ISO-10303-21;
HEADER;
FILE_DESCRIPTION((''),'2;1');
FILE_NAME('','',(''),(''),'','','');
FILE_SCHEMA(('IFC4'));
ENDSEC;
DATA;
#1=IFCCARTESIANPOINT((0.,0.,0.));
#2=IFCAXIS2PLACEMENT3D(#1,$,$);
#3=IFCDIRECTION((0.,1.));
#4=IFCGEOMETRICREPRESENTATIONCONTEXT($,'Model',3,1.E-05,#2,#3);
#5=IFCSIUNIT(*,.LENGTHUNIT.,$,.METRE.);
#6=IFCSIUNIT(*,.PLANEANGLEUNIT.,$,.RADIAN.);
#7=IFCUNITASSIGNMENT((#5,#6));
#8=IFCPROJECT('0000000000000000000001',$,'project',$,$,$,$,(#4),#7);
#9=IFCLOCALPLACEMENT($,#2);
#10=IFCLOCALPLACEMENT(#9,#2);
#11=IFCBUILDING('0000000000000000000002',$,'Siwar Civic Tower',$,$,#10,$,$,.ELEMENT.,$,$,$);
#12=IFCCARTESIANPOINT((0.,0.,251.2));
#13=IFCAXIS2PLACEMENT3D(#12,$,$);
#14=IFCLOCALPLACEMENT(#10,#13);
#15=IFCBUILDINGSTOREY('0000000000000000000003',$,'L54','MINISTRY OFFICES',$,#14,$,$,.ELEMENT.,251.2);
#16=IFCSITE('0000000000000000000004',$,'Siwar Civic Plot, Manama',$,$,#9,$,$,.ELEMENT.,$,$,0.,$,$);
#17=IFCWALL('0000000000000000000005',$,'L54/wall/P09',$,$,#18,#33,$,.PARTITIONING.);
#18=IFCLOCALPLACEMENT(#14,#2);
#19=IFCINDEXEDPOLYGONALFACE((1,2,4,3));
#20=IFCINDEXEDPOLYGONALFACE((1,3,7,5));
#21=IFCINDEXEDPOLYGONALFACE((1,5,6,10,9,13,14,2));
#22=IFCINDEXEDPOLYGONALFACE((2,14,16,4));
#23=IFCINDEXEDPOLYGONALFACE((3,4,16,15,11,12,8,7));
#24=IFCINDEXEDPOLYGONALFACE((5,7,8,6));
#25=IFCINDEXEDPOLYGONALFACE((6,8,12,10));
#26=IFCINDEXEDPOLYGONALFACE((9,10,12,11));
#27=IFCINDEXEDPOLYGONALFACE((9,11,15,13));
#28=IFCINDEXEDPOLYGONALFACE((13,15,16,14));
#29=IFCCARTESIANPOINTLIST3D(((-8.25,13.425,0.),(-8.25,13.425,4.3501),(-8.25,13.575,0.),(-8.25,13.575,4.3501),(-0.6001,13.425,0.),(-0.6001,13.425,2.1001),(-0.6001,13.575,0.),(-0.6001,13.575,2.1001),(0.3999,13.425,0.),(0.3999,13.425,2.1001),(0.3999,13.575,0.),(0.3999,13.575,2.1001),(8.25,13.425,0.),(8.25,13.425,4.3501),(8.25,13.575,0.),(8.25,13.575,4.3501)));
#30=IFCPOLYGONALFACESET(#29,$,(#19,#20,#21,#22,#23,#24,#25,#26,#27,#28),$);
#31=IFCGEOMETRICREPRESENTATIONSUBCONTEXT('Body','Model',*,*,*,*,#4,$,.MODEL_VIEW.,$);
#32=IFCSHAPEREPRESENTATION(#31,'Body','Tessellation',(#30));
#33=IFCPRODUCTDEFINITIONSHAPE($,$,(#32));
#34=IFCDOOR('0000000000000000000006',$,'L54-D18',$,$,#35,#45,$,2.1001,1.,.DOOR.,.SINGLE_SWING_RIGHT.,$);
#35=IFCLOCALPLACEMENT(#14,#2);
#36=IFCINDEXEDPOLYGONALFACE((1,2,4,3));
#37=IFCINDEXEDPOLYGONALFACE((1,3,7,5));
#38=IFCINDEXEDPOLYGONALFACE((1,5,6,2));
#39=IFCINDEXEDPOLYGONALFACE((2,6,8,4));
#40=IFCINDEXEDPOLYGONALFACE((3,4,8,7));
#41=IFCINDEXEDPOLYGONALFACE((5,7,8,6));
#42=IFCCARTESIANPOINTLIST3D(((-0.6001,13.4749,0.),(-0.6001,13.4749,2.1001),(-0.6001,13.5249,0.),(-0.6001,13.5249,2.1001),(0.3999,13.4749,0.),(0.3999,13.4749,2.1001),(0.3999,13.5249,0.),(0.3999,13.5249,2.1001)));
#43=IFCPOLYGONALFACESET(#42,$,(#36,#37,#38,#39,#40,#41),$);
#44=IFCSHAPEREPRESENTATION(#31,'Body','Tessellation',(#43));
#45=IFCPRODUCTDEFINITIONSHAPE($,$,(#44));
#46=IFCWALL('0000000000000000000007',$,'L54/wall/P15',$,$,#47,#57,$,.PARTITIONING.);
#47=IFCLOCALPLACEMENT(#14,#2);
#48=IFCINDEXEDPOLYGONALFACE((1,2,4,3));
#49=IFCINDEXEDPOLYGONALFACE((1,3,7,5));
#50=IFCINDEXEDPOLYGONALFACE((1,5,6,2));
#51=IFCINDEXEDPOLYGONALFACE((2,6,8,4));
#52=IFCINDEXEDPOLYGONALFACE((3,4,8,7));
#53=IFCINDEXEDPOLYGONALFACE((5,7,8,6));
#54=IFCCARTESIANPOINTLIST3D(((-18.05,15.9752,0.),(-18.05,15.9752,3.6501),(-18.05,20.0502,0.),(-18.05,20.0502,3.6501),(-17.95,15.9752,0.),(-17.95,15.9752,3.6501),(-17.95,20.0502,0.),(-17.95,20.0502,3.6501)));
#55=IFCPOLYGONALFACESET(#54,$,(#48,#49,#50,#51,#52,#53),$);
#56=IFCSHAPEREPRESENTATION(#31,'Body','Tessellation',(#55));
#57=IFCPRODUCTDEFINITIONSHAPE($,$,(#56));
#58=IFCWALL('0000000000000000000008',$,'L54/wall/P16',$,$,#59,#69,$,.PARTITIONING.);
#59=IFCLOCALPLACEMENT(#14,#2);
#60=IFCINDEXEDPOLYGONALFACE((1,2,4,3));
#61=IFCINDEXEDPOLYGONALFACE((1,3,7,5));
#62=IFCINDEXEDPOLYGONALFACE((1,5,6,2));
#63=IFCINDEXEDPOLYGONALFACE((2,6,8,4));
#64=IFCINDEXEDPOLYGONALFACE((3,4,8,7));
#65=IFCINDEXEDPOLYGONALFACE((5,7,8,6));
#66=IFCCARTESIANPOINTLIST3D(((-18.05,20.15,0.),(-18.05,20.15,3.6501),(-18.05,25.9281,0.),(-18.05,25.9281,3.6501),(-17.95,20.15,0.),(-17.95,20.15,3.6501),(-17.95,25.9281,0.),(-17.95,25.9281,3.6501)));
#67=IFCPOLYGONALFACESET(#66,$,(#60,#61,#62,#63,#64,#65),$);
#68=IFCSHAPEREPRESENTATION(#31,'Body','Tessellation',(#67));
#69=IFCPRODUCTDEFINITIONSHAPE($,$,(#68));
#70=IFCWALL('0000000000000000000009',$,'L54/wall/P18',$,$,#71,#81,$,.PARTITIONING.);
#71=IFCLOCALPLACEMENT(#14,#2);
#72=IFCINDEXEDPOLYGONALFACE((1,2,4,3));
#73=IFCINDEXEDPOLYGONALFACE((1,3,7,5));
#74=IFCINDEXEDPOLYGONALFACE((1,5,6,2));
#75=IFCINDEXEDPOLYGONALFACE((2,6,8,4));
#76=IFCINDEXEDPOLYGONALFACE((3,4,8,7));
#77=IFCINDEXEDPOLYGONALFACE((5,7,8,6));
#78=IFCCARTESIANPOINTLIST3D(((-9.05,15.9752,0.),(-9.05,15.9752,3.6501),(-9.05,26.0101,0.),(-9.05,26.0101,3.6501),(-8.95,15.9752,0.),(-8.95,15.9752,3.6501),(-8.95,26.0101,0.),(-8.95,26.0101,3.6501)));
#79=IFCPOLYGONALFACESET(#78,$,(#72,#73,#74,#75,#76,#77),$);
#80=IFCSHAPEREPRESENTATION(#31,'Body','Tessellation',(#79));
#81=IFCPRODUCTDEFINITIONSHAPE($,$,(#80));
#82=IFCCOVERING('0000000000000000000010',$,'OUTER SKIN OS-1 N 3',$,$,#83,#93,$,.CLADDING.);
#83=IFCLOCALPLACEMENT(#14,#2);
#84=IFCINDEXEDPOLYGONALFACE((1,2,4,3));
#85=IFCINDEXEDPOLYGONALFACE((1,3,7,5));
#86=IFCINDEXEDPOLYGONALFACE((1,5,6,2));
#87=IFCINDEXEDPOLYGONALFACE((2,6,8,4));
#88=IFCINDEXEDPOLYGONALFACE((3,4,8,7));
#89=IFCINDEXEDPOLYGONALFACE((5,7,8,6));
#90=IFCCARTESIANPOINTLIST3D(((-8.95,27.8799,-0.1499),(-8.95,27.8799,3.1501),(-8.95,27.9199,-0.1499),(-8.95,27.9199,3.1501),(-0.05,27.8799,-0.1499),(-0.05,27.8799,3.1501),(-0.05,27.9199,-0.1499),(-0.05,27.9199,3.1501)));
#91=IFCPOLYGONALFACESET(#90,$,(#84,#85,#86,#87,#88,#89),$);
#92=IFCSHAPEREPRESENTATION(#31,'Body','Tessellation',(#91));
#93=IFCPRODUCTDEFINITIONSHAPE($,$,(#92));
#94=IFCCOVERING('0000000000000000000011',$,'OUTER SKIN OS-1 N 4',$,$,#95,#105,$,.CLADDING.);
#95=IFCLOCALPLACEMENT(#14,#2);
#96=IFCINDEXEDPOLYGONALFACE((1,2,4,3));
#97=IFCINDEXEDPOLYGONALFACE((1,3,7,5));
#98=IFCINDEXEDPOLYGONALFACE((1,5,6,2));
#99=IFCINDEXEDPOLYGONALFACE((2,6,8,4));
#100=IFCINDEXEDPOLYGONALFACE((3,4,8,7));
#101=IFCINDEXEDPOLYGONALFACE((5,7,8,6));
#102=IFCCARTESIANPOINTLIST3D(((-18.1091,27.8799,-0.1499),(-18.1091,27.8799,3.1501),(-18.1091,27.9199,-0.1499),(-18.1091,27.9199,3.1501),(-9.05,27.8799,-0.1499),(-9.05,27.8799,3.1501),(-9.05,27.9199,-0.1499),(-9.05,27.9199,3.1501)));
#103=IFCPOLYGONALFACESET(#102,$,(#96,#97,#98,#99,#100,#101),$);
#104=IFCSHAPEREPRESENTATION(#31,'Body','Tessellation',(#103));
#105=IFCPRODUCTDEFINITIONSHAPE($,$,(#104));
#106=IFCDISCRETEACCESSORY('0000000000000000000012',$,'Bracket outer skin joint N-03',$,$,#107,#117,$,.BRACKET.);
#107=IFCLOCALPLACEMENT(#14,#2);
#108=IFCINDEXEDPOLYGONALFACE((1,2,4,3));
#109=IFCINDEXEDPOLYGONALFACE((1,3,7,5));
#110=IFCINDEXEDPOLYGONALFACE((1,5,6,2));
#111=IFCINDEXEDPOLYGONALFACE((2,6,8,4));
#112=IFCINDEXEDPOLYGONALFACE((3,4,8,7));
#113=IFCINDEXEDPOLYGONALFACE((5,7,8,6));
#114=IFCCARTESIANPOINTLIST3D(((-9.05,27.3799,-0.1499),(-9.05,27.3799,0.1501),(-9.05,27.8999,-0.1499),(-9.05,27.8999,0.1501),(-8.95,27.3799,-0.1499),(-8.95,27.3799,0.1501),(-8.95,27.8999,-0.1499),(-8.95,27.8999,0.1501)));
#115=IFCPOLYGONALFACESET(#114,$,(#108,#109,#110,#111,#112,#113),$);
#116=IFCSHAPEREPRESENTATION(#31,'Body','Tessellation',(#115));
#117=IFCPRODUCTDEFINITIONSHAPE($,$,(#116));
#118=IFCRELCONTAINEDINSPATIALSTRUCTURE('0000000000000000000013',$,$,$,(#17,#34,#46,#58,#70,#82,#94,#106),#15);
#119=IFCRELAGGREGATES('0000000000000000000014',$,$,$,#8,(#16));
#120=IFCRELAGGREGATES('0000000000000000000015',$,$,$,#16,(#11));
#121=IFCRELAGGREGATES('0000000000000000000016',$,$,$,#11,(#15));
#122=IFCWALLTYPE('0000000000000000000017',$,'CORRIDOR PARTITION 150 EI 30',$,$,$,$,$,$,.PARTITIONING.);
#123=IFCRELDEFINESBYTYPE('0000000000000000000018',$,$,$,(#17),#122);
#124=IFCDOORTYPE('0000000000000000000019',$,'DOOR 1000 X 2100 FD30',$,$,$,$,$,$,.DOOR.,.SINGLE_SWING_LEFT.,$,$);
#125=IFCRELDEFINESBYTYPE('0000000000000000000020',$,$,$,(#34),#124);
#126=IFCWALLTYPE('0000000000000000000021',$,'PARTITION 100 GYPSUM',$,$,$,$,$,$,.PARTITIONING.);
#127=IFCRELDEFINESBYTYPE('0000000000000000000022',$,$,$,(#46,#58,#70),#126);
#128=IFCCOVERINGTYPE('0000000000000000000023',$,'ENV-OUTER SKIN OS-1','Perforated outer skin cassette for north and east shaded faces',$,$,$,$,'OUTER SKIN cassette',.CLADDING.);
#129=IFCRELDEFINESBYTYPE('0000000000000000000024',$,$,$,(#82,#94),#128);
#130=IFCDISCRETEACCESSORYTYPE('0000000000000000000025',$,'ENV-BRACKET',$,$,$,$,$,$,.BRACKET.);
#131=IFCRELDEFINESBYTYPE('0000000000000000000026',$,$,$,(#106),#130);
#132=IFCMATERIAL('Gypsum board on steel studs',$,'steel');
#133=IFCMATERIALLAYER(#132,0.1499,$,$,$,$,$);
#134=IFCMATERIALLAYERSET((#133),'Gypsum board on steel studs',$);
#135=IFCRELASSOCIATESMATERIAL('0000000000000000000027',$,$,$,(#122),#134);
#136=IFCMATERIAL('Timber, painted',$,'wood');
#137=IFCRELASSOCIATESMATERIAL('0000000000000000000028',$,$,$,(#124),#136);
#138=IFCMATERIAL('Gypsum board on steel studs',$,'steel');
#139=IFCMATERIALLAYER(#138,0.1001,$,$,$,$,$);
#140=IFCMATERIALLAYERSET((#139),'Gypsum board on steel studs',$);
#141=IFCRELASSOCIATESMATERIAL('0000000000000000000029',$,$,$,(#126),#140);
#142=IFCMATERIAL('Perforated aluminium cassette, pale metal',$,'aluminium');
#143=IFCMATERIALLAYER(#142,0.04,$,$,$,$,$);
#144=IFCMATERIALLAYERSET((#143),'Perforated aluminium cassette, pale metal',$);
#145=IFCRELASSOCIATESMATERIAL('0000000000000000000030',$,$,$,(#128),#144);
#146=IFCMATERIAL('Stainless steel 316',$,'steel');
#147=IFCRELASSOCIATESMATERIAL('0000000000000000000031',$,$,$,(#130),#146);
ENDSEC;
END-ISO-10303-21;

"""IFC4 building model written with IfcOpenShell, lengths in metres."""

from ifc_helpers import new_model, si_unit, direction, frame, frame_2d, origin, origin_2d, place, context, subcontext, project, spatial, rectangle, extrude, material, layer, layer_set, type_object, element, fill, save


model = new_model("IFC4")

# Units and contexts
model_context = context("Model", 3, precision=1e-05, world=origin(), true_north=direction((0.0, 1.0)))
body_context = subcontext(model_context, "Body", "Model", "MODEL_VIEW")
ifc_project = project(units=[si_unit("LENGTHUNIT", "METRE"), si_unit("PLANEANGLEUNIT", "RADIAN")], contexts=[model_context])

# Site, building, storey
site_placement = place(None, origin())
site = spatial("IfcSite", under=ifc_project, at=site_placement, Name="Siwar Civic Plot, Manama", CompositionType="ELEMENT", RefElevation=0.0)
building_placement = place(site_placement, origin())
building = spatial("IfcBuilding", under=site, at=building_placement, Name="Siwar Civic Tower", CompositionType="ELEMENT")
storey_placement = place(building_placement, frame((0.0, 0.0, 251.2)))
storey = spatial("IfcBuildingStorey", under=building, at=storey_placement, Name="L54", Description="MINISTRY OFFICES", CompositionType="ELEMENT", Elevation=251.2)

# Wall, opening, door
ifc_material_1 = material(Name="Gypsum board on steel studs", Category="steel")
ifc_layer_1 = layer(ifc_material_1, 0.1499)
ifc_layer_set_1 = layer_set([ifc_layer_1], Name="Gypsum board on steel studs")
wall_type_1 = type_object("IfcWallType", Name="CORRIDOR PARTITION 150 EI 30", PredefinedType="PARTITIONING", material=ifc_layer_set_1)
wall_1_placement = place(storey_placement, frame((-8.25, 13.5, 0.0), z_axis=(0.0, 0.0, 1.0), x_axis=(1.0, 0.0, 0.0)))
wall_1 = element("IfcWall", 1, at=wall_1_placement, inside=storey, type_object=wall_type_1, Name="L54/wall/P09", PredefinedType="PARTITIONING", context=body_context, shape_type="SweptSolid", body=[
    extrude(rectangle(XDim=16.5, YDim=0.1499, at=frame_2d((8.25, 0.0))), origin(), (0.0, 0.0, 1.0), 4.3501),
])
opening_placement = place(wall_1_placement, frame((7.6499, 0.0, 0.0)))
opening = element("IfcOpeningElement", 2, at=opening_placement, cuts=wall_1, PredefinedType="OPENING", context=body_context, shape_type="SweptSolid", body=[
    extrude(rectangle(XDim=1.0, YDim=2.1001, at=frame_2d((0.5, 1.05))), frame((0.0, 0.085, 0.0), z_axis=(0.0, -1.0, 0.0), x_axis=(1.0, 0.0, 0.0)), (0.0, 0.0, 1.0), 0.1699),
])
ifc_material_2 = material(Name="Timber, painted", Category="wood")
door_type = type_object("IfcDoorType", Name="DOOR 1000 X 2100 FD30", OperationType="SINGLE_SWING_LEFT", PredefinedType="DOOR", material=ifc_material_2)
door_placement = place(opening_placement, origin())
door = element("IfcDoor", 3, at=door_placement, inside=storey, type_object=door_type, Name="L54-D18", OperationType="SINGLE_SWING_RIGHT", OverallHeight=2.1001, OverallWidth=1.0, PredefinedType="DOOR", context=body_context, shape_type="SweptSolid", body=[
    extrude(rectangle(XDim=1.0, YDim=2.1001, at=frame_2d((0.5, 1.05))), frame((0.0, 0.0249, 0.0), z_axis=(0.0, -1.0, 0.0), x_axis=(1.0, 0.0, 0.0)), (0.0, 0.0, 1.0), 0.05),
])
fill(opening, door)

# Walls
ifc_material_3 = material(Name="Gypsum board on steel studs", Category="steel")
ifc_layer_2 = layer(ifc_material_3, 0.1001)
ifc_layer_set_2 = layer_set([ifc_layer_2], Name="Gypsum board on steel studs")
wall_type_2 = type_object("IfcWallType", Name="PARTITION 100 GYPSUM", PredefinedType="PARTITIONING", material=ifc_layer_set_2)
wall_2_placement = place(storey_placement, frame((-18.0, 15.9751, 0.0), z_axis=(0.0, 0.0, 1.0), x_axis=(0.0, 1.0, 0.0)))
element("IfcWall", 4, at=wall_2_placement, inside=storey, type_object=wall_type_2, Name="L54/wall/P15", PredefinedType="PARTITIONING", context=body_context, shape_type="SweptSolid", body=[
    extrude(rectangle(XDim=4.075, YDim=0.1001, at=frame_2d((2.0376, 0.0))), origin(), (0.0, 0.0, 1.0), 3.6501),
])
wall_3_placement = place(storey_placement, frame((-18.0, 20.1499, 0.0), z_axis=(0.0, 0.0, 1.0), x_axis=(0.0, 1.0, 0.0)))
element("IfcWall", 5, at=wall_3_placement, inside=storey, type_object=wall_type_2, Name="L54/wall/P16", PredefinedType="PARTITIONING", context=body_context, shape_type="SweptSolid", body=[
    extrude(rectangle(XDim=5.7781, YDim=0.1001, at=frame_2d((2.8892, 0.0))), origin(), (0.0, 0.0, 1.0), 3.6501),
])
wall_4_placement = place(storey_placement, frame((-9.0, 15.9751, 0.0), z_axis=(0.0, 0.0, 1.0), x_axis=(0.0, 1.0, 0.0)))
element("IfcWall", 6, at=wall_4_placement, inside=storey, type_object=wall_type_2, Name="L54/wall/P18", PredefinedType="PARTITIONING", context=body_context, shape_type="SweptSolid", body=[
    extrude(rectangle(XDim=10.0349, YDim=0.1001, at=frame_2d((5.0176, 0.0))), origin(), (0.0, 0.0, 1.0), 3.6501),
])

# Coverings
ifc_material_4 = material(Name="Perforated aluminium cassette, pale metal", Category="aluminium")
ifc_layer_3 = layer(ifc_material_4, 0.04)
ifc_layer_set_3 = layer_set([ifc_layer_3], Name="Perforated aluminium cassette, pale metal")
covering_type = type_object("IfcCoveringType", Name="ENV-OUTER SKIN OS-1", Description="Perforated outer skin cassette for north and east shaded faces", ElementType="OUTER SKIN cassette", PredefinedType="CLADDING", material=ifc_layer_set_3)
covering_1_placement = place(storey_placement, frame((-4.5, 27.8999, -0.1499), z_axis=(0.0, 0.0, 1.0), x_axis=(-1.0, 0.0, 0.0)))
element("IfcCovering", 7, at=covering_1_placement, inside=storey, type_object=covering_type, Name="OUTER SKIN OS-1 N 3", PredefinedType="CLADDING", context=body_context, shape_type="SweptSolid", body=[
    extrude(rectangle(XDim=8.8999, YDim=0.04, at=origin_2d()), origin(), (0.0, 0.0, 1.0), 3.3),
])
covering_2_placement = place(storey_placement, frame((-13.5796, 27.8999, -0.1499), z_axis=(0.0, 0.0, 1.0), x_axis=(-1.0, 0.0, 0.0)))
element("IfcCovering", 8, at=covering_2_placement, inside=storey, type_object=covering_type, Name="OUTER SKIN OS-1 N 4", PredefinedType="CLADDING", context=body_context, shape_type="SweptSolid", body=[
    extrude(rectangle(XDim=9.0591, YDim=0.04, at=origin_2d()), origin(), (0.0, 0.0, 1.0), 3.3),
])

# Discrete accessory
ifc_material_5 = material(Name="Stainless steel 316", Category="steel")
discrete_accessory_type = type_object("IfcDiscreteAccessoryType", Name="ENV-BRACKET", PredefinedType="BRACKET", material=ifc_material_5)
discrete_accessory_placement = place(storey_placement, frame((-9.0, 27.6399, -0.1499), z_axis=(0.0, 0.0, 1.0), x_axis=(0.0, 1.0, 0.0)))
element("IfcDiscreteAccessory", 9, at=discrete_accessory_placement, inside=storey, type_object=discrete_accessory_type, Name="Bracket outer skin joint N-03", PredefinedType="BRACKET", context=body_context, shape_type="SweptSolid", body=[
    extrude(rectangle(XDim=0.52, YDim=0.1001, at=origin_2d()), origin(), (0.0, 0.0, 1.0), 0.3),
])

save(model, "model.ifc")
